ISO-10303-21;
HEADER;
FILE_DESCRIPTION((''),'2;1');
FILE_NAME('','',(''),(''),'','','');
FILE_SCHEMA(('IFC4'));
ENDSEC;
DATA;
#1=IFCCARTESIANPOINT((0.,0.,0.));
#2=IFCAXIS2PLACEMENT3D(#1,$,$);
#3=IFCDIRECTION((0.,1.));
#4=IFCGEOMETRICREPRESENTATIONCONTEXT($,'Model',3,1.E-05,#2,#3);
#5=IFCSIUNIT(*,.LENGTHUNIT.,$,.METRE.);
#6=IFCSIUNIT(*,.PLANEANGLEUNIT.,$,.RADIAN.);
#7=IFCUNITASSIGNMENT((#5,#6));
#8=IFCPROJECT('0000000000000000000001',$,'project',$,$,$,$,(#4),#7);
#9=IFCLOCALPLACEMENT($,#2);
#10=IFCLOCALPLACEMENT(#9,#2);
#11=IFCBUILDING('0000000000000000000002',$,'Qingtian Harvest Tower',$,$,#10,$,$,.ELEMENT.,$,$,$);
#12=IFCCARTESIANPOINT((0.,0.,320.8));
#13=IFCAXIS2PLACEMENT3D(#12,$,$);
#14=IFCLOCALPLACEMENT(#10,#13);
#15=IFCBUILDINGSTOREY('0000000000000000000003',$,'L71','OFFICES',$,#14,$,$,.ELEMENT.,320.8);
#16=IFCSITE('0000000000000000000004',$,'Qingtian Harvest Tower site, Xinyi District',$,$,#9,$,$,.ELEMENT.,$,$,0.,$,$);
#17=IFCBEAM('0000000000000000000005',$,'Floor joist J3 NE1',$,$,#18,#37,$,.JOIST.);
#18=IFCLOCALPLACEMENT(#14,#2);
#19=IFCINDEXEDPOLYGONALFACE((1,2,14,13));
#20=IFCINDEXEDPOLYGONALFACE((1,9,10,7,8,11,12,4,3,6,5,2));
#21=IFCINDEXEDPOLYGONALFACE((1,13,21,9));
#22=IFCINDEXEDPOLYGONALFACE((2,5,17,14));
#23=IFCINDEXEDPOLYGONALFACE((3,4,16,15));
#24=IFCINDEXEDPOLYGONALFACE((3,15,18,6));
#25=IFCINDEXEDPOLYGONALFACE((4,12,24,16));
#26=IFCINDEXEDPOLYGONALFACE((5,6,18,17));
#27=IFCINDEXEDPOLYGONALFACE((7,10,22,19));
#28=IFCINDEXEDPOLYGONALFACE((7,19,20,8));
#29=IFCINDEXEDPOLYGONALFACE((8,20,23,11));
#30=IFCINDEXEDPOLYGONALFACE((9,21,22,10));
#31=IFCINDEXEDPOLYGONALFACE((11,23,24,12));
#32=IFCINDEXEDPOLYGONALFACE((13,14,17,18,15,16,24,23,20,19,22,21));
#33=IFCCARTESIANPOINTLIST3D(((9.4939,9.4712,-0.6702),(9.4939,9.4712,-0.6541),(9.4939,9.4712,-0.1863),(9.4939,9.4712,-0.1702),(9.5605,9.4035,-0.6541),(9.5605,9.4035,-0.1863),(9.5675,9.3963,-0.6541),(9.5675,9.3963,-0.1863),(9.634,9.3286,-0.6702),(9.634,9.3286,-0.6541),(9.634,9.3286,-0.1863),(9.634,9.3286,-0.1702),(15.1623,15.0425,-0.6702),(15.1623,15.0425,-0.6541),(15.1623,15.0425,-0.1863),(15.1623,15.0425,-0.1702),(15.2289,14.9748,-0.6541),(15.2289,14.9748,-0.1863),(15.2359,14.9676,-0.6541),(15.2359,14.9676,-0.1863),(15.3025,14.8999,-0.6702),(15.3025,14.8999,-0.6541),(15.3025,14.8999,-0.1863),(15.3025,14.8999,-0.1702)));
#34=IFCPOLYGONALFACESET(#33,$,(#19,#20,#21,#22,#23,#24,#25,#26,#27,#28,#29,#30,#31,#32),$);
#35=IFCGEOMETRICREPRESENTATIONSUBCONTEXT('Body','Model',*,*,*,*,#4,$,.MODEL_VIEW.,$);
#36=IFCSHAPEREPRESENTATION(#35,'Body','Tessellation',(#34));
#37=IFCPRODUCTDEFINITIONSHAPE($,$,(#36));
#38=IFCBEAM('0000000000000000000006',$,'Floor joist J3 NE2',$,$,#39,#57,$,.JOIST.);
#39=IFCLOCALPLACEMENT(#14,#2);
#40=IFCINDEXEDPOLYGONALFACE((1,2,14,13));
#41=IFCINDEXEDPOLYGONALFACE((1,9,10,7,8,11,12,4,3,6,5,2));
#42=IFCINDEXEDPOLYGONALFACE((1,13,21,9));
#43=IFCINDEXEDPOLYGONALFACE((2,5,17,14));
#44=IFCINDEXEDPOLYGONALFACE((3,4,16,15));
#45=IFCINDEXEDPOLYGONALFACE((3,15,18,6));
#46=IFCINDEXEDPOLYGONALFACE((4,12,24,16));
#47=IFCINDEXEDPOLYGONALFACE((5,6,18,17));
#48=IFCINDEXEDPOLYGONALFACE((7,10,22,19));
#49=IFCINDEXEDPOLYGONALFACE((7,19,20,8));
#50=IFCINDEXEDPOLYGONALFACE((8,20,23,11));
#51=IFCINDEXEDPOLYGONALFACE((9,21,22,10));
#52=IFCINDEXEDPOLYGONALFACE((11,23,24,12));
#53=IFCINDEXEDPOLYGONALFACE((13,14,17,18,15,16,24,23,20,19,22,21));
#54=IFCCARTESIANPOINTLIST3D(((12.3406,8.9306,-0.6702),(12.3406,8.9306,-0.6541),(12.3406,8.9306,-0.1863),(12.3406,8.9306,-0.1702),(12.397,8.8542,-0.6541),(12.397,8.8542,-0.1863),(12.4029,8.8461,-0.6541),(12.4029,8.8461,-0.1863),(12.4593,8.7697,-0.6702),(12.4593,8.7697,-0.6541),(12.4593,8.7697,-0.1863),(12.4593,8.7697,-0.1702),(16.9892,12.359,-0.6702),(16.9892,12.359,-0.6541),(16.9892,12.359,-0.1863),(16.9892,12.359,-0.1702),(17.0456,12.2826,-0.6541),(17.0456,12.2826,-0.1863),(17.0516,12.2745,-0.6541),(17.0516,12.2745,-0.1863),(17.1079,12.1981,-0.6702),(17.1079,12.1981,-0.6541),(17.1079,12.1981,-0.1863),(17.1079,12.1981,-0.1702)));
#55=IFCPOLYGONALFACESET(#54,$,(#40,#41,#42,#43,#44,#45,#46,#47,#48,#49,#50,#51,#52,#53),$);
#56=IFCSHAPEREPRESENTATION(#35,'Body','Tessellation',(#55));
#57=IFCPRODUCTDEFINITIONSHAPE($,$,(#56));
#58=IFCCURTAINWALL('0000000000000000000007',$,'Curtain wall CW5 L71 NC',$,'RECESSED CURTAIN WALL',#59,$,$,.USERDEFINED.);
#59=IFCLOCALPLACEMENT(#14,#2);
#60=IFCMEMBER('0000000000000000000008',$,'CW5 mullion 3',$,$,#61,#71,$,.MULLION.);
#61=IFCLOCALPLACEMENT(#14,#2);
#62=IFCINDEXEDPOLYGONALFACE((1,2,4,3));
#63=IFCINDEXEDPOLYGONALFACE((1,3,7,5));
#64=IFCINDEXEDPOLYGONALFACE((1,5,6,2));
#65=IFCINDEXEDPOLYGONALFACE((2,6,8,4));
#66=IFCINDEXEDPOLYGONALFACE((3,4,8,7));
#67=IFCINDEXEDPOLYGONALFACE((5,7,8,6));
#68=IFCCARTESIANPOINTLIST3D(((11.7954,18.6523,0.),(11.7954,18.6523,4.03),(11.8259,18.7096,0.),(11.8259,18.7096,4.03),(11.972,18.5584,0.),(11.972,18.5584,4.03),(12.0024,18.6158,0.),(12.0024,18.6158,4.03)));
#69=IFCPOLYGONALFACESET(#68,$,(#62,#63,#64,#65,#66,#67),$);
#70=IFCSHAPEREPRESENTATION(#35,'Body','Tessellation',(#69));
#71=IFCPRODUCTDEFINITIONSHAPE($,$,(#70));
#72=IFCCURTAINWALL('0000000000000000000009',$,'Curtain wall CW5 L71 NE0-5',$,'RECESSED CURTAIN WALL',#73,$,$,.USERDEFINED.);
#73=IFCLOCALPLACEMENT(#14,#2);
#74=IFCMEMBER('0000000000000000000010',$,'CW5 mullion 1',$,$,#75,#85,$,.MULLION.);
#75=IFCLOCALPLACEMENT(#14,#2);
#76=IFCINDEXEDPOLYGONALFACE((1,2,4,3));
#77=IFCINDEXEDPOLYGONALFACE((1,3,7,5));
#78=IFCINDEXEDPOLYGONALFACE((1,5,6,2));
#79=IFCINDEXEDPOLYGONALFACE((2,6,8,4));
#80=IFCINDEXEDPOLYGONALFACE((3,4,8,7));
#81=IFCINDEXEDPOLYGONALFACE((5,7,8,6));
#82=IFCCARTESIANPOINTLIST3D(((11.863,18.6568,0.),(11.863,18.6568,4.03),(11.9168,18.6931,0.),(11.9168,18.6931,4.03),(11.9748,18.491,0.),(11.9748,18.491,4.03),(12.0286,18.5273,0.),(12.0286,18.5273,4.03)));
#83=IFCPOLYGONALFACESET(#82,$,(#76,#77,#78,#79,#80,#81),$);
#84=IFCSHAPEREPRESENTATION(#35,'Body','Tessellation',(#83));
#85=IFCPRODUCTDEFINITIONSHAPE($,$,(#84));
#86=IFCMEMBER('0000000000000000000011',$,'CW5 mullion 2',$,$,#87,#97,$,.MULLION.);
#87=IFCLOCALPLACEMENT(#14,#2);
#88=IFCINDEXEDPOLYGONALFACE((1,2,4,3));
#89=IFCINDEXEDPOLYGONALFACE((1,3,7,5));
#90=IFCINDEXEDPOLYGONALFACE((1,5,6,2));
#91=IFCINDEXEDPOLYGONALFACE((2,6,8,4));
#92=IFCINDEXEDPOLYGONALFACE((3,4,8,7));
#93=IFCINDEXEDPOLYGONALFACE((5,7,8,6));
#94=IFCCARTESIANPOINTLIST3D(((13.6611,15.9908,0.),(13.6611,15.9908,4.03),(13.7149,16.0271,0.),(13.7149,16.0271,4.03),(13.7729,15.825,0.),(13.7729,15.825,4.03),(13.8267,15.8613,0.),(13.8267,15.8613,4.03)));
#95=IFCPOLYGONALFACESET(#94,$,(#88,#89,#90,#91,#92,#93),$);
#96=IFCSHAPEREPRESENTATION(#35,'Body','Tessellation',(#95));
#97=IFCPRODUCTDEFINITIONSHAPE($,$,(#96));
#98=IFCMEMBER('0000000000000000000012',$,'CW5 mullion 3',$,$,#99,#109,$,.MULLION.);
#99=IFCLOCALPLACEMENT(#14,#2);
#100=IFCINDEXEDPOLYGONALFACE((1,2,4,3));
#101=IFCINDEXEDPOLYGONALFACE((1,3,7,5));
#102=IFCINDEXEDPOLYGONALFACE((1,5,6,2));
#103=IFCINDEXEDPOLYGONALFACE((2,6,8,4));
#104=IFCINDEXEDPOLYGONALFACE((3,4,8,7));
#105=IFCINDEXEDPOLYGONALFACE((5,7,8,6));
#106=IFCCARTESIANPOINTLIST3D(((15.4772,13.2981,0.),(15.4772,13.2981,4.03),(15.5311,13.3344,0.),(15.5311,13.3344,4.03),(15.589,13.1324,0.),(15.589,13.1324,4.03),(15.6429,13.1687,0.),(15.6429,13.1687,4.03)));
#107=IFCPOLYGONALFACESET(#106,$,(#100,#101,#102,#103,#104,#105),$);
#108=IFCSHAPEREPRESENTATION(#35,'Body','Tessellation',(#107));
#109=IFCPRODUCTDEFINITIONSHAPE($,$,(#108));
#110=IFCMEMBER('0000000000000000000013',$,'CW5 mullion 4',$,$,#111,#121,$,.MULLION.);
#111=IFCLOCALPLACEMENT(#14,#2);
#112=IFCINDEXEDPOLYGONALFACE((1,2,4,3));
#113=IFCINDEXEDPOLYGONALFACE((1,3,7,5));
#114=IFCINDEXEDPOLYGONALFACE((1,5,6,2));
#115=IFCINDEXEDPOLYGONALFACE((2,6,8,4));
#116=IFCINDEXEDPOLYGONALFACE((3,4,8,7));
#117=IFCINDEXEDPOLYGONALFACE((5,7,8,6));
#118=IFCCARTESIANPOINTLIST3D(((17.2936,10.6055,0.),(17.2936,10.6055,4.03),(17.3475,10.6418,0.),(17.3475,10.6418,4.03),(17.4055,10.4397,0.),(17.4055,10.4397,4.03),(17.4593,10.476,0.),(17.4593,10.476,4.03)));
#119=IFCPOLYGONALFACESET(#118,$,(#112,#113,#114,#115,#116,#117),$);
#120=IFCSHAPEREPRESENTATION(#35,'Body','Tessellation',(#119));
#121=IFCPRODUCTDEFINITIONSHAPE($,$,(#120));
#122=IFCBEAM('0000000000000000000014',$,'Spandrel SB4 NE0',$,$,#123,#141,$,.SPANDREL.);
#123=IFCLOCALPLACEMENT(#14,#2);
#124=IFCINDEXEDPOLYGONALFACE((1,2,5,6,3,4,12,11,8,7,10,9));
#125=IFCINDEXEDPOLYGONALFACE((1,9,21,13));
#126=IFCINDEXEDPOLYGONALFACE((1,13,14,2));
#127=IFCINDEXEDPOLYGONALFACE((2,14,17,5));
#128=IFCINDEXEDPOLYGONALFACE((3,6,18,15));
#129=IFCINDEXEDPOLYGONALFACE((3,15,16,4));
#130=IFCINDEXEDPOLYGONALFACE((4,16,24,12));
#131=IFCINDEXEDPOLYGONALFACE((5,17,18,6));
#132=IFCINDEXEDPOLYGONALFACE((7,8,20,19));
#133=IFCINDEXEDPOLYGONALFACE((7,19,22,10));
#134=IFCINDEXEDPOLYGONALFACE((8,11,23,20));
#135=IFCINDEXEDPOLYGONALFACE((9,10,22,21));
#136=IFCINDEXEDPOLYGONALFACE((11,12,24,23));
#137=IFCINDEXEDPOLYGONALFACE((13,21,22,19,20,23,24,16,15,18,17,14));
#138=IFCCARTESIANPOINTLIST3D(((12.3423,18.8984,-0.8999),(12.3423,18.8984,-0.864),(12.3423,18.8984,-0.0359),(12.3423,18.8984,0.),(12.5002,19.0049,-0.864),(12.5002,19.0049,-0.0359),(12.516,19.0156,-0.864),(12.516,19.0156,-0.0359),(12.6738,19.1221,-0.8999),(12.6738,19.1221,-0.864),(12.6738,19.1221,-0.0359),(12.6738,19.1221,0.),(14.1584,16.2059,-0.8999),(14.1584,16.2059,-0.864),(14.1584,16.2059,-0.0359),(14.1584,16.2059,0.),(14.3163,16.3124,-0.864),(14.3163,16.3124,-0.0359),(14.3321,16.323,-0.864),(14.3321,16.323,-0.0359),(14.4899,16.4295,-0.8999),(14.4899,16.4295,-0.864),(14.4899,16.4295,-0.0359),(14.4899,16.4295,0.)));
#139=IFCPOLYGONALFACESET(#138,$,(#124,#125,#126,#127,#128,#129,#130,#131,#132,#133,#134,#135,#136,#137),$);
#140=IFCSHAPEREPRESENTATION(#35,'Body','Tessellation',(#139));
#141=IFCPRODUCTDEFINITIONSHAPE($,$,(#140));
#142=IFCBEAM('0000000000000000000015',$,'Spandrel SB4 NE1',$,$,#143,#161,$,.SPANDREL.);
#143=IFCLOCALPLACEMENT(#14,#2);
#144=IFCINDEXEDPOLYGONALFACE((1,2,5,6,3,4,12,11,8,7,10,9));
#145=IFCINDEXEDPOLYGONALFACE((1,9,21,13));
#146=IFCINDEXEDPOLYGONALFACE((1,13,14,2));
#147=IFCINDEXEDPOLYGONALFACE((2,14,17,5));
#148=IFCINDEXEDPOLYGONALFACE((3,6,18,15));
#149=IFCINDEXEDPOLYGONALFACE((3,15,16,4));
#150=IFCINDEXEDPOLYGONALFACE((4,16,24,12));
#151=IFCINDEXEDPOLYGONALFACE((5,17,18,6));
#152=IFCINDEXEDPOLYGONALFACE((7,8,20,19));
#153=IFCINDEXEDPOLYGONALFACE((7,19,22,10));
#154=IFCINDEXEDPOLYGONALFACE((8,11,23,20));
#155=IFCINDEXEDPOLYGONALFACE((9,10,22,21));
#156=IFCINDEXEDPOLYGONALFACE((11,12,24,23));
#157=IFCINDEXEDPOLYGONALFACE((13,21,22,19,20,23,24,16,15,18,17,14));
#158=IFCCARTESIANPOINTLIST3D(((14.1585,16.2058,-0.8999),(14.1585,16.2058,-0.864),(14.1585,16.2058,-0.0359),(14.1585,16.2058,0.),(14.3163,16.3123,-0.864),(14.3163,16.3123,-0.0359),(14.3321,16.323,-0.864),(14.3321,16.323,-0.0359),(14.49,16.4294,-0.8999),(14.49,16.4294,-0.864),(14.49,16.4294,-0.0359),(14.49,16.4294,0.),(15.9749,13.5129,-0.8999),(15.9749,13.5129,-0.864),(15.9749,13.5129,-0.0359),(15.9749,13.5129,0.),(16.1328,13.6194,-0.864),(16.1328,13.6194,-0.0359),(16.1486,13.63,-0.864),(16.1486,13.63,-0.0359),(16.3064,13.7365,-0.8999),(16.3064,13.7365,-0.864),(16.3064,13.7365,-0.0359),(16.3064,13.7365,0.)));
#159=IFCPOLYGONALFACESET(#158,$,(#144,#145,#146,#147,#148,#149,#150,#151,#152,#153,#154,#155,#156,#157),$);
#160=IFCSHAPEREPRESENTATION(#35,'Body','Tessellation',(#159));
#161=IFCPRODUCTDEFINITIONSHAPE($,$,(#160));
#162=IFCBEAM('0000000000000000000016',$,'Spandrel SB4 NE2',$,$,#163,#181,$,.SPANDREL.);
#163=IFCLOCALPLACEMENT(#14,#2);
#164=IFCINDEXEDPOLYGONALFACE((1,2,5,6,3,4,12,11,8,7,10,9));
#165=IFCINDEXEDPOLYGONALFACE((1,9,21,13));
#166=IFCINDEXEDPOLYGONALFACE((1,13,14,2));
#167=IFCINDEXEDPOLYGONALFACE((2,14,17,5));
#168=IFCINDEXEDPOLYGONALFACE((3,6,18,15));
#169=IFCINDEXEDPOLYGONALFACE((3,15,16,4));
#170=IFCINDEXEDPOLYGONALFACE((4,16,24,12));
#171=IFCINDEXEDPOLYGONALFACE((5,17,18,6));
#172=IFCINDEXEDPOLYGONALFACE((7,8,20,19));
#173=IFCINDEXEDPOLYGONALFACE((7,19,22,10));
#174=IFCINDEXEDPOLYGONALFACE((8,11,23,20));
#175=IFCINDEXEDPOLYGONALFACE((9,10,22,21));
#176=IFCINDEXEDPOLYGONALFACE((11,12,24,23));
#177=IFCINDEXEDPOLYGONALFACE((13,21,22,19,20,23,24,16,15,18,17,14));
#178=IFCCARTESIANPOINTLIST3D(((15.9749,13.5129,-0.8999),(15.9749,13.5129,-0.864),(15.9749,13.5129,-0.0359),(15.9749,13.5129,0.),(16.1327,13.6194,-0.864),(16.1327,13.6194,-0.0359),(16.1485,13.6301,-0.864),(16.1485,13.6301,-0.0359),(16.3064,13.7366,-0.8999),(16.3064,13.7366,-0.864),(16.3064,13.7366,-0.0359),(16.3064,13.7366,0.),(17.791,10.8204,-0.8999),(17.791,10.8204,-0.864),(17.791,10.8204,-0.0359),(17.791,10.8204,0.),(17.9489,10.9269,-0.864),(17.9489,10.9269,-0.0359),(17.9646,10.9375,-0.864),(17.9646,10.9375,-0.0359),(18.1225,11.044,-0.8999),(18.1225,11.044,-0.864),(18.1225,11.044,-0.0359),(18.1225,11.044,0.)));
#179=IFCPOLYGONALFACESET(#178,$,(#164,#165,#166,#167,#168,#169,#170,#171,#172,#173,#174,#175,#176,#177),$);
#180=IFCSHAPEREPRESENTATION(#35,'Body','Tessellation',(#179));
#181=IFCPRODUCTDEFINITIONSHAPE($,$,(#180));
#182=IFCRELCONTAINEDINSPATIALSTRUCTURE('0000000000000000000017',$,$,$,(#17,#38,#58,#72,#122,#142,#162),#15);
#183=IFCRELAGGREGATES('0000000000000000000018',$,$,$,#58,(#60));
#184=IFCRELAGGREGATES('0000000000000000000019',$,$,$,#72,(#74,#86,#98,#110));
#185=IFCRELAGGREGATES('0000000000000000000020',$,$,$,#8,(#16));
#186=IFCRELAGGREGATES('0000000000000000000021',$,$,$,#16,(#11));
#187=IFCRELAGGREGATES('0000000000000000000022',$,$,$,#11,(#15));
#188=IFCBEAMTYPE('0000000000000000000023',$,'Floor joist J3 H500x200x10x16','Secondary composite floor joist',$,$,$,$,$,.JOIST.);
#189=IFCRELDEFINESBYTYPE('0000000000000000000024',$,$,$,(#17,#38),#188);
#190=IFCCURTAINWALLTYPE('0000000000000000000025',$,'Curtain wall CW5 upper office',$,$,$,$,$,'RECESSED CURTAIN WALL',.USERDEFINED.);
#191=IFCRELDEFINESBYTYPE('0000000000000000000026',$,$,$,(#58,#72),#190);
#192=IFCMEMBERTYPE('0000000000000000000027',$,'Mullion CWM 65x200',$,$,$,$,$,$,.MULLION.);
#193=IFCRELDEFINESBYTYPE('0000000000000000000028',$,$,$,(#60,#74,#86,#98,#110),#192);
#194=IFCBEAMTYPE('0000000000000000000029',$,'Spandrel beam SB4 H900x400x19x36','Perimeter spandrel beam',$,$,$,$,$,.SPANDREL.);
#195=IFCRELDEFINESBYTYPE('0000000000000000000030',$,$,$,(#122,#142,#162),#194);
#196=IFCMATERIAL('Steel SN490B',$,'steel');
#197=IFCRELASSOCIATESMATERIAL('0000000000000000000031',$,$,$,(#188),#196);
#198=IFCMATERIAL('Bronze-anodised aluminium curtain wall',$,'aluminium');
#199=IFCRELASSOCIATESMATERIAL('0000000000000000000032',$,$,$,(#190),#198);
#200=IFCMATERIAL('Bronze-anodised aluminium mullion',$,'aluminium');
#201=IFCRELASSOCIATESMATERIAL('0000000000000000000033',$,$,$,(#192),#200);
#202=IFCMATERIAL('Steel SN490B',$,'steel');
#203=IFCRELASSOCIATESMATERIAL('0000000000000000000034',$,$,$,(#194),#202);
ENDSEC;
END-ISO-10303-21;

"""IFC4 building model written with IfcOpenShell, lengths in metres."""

from ifc_helpers import new_model, si_unit, direction, frame, origin, origin_2d, place, context, subcontext, project, spatial, rectangle, i_section, extrude, material, material_profile, profile_set, type_object, element, aggregate, save


model = new_model("IFC4")

# Units and contexts
model_context = context("Model", 3, precision=1e-05, world=origin(), true_north=direction((0.0, 1.0)))
body_context = subcontext(model_context, "Body", "Model", "MODEL_VIEW")
ifc_project = project(units=[si_unit("LENGTHUNIT", "METRE"), si_unit("PLANEANGLEUNIT", "RADIAN")], contexts=[model_context])

# Site, building, storey
site_placement = place(None, origin())
site = spatial("IfcSite", under=ifc_project, at=site_placement, Name="Qingtian Harvest Tower site, Xinyi District", CompositionType="ELEMENT", RefElevation=0.0)
building_placement = place(site_placement, origin())
building = spatial("IfcBuilding", under=site, at=building_placement, Name="Qingtian Harvest Tower", CompositionType="ELEMENT")
storey_placement = place(building_placement, frame((0.0, 0.0, 320.8)))
storey = spatial("IfcBuildingStorey", under=building, at=storey_placement, Name="L71", Description="OFFICES", CompositionType="ELEMENT", Elevation=320.8)

# Beams
ifc_material_1 = material(Name="Steel SN490B", Category="steel")
ifc_material_profile_1 = material_profile(ifc_material_1, i_section(OverallWidth=0.2, OverallDepth=0.5, WebThickness=0.01, FlangeThickness=0.0161, at=origin_2d()), Name="H500x200x10x16")
ifc_profile_set_1 = profile_set([ifc_material_profile_1], Name="Steel SN490B")
beam_type_1 = type_object("IfcBeamType", Name="Floor joist J3 H500x200x10x16", Description="Secondary composite floor joist", PredefinedType="JOIST", material=ifc_profile_set_1)
beam_1_placement = place(storey_placement, frame((15.2324, 14.9712, -0.4202), z_axis=(-0.713193, -0.700968, 0.0), x_axis=(0.700968, -0.713193, 0.0)))
element("IfcBeam", 1, at=beam_1_placement, inside=storey, type_object=beam_type_1, Name="Floor joist J3 NE1", PredefinedType="JOIST", context=body_context, shape_type="SweptSolid", body=[
    extrude(i_section(OverallWidth=0.2, OverallDepth=0.5, WebThickness=0.01, FlangeThickness=0.0161, at=origin_2d()), origin(), (0.0, 0.0, 1.0), 7.948),
])
beam_2_placement = place(storey_placement, frame((17.0486, 12.2786, -0.4202), z_axis=(-0.804798, -0.593549, 0.0), x_axis=(0.593549, -0.804798, 0.0)))
element("IfcBeam", 2, at=beam_2_placement, inside=storey, type_object=beam_type_1, Name="Floor joist J3 NE2", PredefinedType="JOIST", context=body_context, shape_type="SweptSolid", body=[
    extrude(i_section(OverallWidth=0.2, OverallDepth=0.5, WebThickness=0.01, FlangeThickness=0.0161, at=origin_2d()), origin(), (0.0, 0.0, 1.0), 5.7761),
])

# Curtain wall, member
ifc_material_2 = material(Name="Bronze-anodised aluminium curtain wall", Category="aluminium")
curtain_wall_type = type_object("IfcCurtainWallType", Name="Curtain wall CW5 upper office", ElementType="RECESSED CURTAIN WALL", PredefinedType="USERDEFINED", material=ifc_material_2)
curtain_wall_1_placement = place(storey_placement, origin())
curtain_wall_1 = element("IfcCurtainWall", 3, at=curtain_wall_1_placement, inside=storey, type_object=curtain_wall_type, Name="Curtain wall CW5 L71 NC", ObjectType="RECESSED CURTAIN WALL", PredefinedType="USERDEFINED")
ifc_material_3 = material(Name="Bronze-anodised aluminium mullion", Category="aluminium")
ifc_material_profile_2 = material_profile(ifc_material_3, rectangle(XDim=0.0649, YDim=0.2, at=origin_2d()), Name="AL 65x200")
ifc_profile_set_2 = profile_set([ifc_material_profile_2], Name="Bronze-anodised aluminium mullion")
member_type_1 = type_object("IfcMemberType", Name="Mullion CWM 65x200", PredefinedType="MULLION", material=ifc_profile_set_2)
member_1_placement = place(storey_placement, frame((11.8989, 18.634, 0.0), z_axis=(0.0, 0.0, 1.0), x_axis=(0.469472, 0.882948, 0.0)))
member_1 = element("IfcMember", 4, at=member_1_placement, type_object=member_type_1, Name="CW5 mullion 3", PredefinedType="MULLION", context=body_context, shape_type="SweptSolid", body=[
    extrude(rectangle(XDim=0.0649, YDim=0.2, at=origin_2d()), origin(), (0.0, 0.0, 1.0), 4.03),
])

# Curtain wall, members
curtain_wall_2_placement = place(storey_placement, origin())
curtain_wall_2 = element("IfcCurtainWall", 5, at=curtain_wall_2_placement, inside=storey, type_object=curtain_wall_type, Name="Curtain wall CW5 L71 NE0-5", ObjectType="RECESSED CURTAIN WALL", PredefinedType="USERDEFINED")
member_2_placement = place(storey_placement, frame((11.9458, 18.592, 0.0), z_axis=(0.0, 0.0, 1.0), x_axis=(0.829038, 0.559193, 0.0)))
member_2 = element("IfcMember", 6, at=member_2_placement, type_object=member_type_1, Name="CW5 mullion 1", PredefinedType="MULLION", context=body_context, shape_type="SweptSolid", body=[
    extrude(rectangle(XDim=0.0649, YDim=0.2, at=origin_2d()), origin(), (0.0, 0.0, 1.0), 4.03),
])
member_3_placement = place(storey_placement, frame((13.7439, 15.926, 0.0), z_axis=(0.0, 0.0, 1.0), x_axis=(0.829038, 0.559193, 0.0)))
member_3 = element("IfcMember", 7, at=member_3_placement, type_object=member_type_1, Name="CW5 mullion 2", PredefinedType="MULLION", context=body_context, shape_type="SweptSolid", body=[
    extrude(rectangle(XDim=0.0649, YDim=0.2, at=origin_2d()), origin(), (0.0, 0.0, 1.0), 4.03),
])
member_4_placement = place(storey_placement, frame((15.5601, 13.2334, 0.0), z_axis=(0.0, 0.0, 1.0), x_axis=(0.829038, 0.559193, 0.0)))
member_4 = element("IfcMember", 8, at=member_4_placement, type_object=member_type_1, Name="CW5 mullion 3", PredefinedType="MULLION", context=body_context, shape_type="SweptSolid", body=[
    extrude(rectangle(XDim=0.0649, YDim=0.2, at=origin_2d()), origin(), (0.0, 0.0, 1.0), 4.03),
])
member_5_placement = place(storey_placement, frame((17.3765, 10.5408, 0.0), z_axis=(0.0, 0.0, 1.0), x_axis=(0.829038, 0.559193, 0.0)))
member_5 = element("IfcMember", 9, at=member_5_placement, type_object=member_type_1, Name="CW5 mullion 4", PredefinedType="MULLION", context=body_context, shape_type="SweptSolid", body=[
    extrude(rectangle(XDim=0.0649, YDim=0.2, at=origin_2d()), origin(), (0.0, 0.0, 1.0), 4.03),
])

# Beams
ifc_material_4 = material(Name="Steel SN490B", Category="steel")
ifc_material_profile_3 = material_profile(ifc_material_4, i_section(OverallWidth=0.3999, OverallDepth=0.8999, WebThickness=0.019, FlangeThickness=0.0359, at=origin_2d()), Name="H900x400x19x36")
ifc_profile_set_3 = profile_set([ifc_material_profile_3], Name="Steel SN490B")
beam_type_2 = type_object("IfcBeamType", Name="Spandrel beam SB4 H900x400x19x36", Description="Perimeter spandrel beam", PredefinedType="SPANDREL", material=ifc_profile_set_3)
beam_3_placement = place(storey_placement, frame((12.5081, 19.0103, -0.45), z_axis=(0.559185, -0.829043, 0.0), x_axis=(0.829043, 0.559185, 0.0)))
element("IfcBeam", 10, at=beam_3_placement, inside=storey, type_object=beam_type_2, Name="Spandrel SB4 NE0", PredefinedType="SPANDREL", context=body_context, shape_type="SweptSolid", body=[
    extrude(i_section(OverallWidth=0.3999, OverallDepth=0.8999, WebThickness=0.019, FlangeThickness=0.0359, at=origin_2d()), origin(), (0.0, 0.0, 1.0), 3.2478),
])
beam_4_placement = place(storey_placement, frame((14.3242, 16.3176, -0.45), z_axis=(0.559202, -0.829032, 0.0), x_axis=(0.829032, 0.559202, 0.0)))
element("IfcBeam", 11, at=beam_4_placement, inside=storey, type_object=beam_type_2, Name="Spandrel SB4 NE1", PredefinedType="SPANDREL", context=body_context, shape_type="SweptSolid", body=[
    extrude(i_section(OverallWidth=0.3999, OverallDepth=0.8999, WebThickness=0.019, FlangeThickness=0.0359, at=origin_2d()), origin(), (0.0, 0.0, 1.0), 3.2483),
])
beam_5_placement = place(storey_placement, frame((16.1406, 13.6248, -0.45), z_axis=(0.559185, -0.829043, 0.0), x_axis=(0.829043, 0.559185, 0.0)))
element("IfcBeam", 12, at=beam_5_placement, inside=storey, type_object=beam_type_2, Name="Spandrel SB4 NE2", PredefinedType="SPANDREL", context=body_context, shape_type="SweptSolid", body=[
    extrude(i_section(OverallWidth=0.3999, OverallDepth=0.8999, WebThickness=0.019, FlangeThickness=0.0359, at=origin_2d()), origin(), (0.0, 0.0, 1.0), 3.2478),
])

aggregate(curtain_wall_1, [member_1])
aggregate(curtain_wall_2, [member_2, member_3, member_4, member_5])

save(model, "model.ifc")
